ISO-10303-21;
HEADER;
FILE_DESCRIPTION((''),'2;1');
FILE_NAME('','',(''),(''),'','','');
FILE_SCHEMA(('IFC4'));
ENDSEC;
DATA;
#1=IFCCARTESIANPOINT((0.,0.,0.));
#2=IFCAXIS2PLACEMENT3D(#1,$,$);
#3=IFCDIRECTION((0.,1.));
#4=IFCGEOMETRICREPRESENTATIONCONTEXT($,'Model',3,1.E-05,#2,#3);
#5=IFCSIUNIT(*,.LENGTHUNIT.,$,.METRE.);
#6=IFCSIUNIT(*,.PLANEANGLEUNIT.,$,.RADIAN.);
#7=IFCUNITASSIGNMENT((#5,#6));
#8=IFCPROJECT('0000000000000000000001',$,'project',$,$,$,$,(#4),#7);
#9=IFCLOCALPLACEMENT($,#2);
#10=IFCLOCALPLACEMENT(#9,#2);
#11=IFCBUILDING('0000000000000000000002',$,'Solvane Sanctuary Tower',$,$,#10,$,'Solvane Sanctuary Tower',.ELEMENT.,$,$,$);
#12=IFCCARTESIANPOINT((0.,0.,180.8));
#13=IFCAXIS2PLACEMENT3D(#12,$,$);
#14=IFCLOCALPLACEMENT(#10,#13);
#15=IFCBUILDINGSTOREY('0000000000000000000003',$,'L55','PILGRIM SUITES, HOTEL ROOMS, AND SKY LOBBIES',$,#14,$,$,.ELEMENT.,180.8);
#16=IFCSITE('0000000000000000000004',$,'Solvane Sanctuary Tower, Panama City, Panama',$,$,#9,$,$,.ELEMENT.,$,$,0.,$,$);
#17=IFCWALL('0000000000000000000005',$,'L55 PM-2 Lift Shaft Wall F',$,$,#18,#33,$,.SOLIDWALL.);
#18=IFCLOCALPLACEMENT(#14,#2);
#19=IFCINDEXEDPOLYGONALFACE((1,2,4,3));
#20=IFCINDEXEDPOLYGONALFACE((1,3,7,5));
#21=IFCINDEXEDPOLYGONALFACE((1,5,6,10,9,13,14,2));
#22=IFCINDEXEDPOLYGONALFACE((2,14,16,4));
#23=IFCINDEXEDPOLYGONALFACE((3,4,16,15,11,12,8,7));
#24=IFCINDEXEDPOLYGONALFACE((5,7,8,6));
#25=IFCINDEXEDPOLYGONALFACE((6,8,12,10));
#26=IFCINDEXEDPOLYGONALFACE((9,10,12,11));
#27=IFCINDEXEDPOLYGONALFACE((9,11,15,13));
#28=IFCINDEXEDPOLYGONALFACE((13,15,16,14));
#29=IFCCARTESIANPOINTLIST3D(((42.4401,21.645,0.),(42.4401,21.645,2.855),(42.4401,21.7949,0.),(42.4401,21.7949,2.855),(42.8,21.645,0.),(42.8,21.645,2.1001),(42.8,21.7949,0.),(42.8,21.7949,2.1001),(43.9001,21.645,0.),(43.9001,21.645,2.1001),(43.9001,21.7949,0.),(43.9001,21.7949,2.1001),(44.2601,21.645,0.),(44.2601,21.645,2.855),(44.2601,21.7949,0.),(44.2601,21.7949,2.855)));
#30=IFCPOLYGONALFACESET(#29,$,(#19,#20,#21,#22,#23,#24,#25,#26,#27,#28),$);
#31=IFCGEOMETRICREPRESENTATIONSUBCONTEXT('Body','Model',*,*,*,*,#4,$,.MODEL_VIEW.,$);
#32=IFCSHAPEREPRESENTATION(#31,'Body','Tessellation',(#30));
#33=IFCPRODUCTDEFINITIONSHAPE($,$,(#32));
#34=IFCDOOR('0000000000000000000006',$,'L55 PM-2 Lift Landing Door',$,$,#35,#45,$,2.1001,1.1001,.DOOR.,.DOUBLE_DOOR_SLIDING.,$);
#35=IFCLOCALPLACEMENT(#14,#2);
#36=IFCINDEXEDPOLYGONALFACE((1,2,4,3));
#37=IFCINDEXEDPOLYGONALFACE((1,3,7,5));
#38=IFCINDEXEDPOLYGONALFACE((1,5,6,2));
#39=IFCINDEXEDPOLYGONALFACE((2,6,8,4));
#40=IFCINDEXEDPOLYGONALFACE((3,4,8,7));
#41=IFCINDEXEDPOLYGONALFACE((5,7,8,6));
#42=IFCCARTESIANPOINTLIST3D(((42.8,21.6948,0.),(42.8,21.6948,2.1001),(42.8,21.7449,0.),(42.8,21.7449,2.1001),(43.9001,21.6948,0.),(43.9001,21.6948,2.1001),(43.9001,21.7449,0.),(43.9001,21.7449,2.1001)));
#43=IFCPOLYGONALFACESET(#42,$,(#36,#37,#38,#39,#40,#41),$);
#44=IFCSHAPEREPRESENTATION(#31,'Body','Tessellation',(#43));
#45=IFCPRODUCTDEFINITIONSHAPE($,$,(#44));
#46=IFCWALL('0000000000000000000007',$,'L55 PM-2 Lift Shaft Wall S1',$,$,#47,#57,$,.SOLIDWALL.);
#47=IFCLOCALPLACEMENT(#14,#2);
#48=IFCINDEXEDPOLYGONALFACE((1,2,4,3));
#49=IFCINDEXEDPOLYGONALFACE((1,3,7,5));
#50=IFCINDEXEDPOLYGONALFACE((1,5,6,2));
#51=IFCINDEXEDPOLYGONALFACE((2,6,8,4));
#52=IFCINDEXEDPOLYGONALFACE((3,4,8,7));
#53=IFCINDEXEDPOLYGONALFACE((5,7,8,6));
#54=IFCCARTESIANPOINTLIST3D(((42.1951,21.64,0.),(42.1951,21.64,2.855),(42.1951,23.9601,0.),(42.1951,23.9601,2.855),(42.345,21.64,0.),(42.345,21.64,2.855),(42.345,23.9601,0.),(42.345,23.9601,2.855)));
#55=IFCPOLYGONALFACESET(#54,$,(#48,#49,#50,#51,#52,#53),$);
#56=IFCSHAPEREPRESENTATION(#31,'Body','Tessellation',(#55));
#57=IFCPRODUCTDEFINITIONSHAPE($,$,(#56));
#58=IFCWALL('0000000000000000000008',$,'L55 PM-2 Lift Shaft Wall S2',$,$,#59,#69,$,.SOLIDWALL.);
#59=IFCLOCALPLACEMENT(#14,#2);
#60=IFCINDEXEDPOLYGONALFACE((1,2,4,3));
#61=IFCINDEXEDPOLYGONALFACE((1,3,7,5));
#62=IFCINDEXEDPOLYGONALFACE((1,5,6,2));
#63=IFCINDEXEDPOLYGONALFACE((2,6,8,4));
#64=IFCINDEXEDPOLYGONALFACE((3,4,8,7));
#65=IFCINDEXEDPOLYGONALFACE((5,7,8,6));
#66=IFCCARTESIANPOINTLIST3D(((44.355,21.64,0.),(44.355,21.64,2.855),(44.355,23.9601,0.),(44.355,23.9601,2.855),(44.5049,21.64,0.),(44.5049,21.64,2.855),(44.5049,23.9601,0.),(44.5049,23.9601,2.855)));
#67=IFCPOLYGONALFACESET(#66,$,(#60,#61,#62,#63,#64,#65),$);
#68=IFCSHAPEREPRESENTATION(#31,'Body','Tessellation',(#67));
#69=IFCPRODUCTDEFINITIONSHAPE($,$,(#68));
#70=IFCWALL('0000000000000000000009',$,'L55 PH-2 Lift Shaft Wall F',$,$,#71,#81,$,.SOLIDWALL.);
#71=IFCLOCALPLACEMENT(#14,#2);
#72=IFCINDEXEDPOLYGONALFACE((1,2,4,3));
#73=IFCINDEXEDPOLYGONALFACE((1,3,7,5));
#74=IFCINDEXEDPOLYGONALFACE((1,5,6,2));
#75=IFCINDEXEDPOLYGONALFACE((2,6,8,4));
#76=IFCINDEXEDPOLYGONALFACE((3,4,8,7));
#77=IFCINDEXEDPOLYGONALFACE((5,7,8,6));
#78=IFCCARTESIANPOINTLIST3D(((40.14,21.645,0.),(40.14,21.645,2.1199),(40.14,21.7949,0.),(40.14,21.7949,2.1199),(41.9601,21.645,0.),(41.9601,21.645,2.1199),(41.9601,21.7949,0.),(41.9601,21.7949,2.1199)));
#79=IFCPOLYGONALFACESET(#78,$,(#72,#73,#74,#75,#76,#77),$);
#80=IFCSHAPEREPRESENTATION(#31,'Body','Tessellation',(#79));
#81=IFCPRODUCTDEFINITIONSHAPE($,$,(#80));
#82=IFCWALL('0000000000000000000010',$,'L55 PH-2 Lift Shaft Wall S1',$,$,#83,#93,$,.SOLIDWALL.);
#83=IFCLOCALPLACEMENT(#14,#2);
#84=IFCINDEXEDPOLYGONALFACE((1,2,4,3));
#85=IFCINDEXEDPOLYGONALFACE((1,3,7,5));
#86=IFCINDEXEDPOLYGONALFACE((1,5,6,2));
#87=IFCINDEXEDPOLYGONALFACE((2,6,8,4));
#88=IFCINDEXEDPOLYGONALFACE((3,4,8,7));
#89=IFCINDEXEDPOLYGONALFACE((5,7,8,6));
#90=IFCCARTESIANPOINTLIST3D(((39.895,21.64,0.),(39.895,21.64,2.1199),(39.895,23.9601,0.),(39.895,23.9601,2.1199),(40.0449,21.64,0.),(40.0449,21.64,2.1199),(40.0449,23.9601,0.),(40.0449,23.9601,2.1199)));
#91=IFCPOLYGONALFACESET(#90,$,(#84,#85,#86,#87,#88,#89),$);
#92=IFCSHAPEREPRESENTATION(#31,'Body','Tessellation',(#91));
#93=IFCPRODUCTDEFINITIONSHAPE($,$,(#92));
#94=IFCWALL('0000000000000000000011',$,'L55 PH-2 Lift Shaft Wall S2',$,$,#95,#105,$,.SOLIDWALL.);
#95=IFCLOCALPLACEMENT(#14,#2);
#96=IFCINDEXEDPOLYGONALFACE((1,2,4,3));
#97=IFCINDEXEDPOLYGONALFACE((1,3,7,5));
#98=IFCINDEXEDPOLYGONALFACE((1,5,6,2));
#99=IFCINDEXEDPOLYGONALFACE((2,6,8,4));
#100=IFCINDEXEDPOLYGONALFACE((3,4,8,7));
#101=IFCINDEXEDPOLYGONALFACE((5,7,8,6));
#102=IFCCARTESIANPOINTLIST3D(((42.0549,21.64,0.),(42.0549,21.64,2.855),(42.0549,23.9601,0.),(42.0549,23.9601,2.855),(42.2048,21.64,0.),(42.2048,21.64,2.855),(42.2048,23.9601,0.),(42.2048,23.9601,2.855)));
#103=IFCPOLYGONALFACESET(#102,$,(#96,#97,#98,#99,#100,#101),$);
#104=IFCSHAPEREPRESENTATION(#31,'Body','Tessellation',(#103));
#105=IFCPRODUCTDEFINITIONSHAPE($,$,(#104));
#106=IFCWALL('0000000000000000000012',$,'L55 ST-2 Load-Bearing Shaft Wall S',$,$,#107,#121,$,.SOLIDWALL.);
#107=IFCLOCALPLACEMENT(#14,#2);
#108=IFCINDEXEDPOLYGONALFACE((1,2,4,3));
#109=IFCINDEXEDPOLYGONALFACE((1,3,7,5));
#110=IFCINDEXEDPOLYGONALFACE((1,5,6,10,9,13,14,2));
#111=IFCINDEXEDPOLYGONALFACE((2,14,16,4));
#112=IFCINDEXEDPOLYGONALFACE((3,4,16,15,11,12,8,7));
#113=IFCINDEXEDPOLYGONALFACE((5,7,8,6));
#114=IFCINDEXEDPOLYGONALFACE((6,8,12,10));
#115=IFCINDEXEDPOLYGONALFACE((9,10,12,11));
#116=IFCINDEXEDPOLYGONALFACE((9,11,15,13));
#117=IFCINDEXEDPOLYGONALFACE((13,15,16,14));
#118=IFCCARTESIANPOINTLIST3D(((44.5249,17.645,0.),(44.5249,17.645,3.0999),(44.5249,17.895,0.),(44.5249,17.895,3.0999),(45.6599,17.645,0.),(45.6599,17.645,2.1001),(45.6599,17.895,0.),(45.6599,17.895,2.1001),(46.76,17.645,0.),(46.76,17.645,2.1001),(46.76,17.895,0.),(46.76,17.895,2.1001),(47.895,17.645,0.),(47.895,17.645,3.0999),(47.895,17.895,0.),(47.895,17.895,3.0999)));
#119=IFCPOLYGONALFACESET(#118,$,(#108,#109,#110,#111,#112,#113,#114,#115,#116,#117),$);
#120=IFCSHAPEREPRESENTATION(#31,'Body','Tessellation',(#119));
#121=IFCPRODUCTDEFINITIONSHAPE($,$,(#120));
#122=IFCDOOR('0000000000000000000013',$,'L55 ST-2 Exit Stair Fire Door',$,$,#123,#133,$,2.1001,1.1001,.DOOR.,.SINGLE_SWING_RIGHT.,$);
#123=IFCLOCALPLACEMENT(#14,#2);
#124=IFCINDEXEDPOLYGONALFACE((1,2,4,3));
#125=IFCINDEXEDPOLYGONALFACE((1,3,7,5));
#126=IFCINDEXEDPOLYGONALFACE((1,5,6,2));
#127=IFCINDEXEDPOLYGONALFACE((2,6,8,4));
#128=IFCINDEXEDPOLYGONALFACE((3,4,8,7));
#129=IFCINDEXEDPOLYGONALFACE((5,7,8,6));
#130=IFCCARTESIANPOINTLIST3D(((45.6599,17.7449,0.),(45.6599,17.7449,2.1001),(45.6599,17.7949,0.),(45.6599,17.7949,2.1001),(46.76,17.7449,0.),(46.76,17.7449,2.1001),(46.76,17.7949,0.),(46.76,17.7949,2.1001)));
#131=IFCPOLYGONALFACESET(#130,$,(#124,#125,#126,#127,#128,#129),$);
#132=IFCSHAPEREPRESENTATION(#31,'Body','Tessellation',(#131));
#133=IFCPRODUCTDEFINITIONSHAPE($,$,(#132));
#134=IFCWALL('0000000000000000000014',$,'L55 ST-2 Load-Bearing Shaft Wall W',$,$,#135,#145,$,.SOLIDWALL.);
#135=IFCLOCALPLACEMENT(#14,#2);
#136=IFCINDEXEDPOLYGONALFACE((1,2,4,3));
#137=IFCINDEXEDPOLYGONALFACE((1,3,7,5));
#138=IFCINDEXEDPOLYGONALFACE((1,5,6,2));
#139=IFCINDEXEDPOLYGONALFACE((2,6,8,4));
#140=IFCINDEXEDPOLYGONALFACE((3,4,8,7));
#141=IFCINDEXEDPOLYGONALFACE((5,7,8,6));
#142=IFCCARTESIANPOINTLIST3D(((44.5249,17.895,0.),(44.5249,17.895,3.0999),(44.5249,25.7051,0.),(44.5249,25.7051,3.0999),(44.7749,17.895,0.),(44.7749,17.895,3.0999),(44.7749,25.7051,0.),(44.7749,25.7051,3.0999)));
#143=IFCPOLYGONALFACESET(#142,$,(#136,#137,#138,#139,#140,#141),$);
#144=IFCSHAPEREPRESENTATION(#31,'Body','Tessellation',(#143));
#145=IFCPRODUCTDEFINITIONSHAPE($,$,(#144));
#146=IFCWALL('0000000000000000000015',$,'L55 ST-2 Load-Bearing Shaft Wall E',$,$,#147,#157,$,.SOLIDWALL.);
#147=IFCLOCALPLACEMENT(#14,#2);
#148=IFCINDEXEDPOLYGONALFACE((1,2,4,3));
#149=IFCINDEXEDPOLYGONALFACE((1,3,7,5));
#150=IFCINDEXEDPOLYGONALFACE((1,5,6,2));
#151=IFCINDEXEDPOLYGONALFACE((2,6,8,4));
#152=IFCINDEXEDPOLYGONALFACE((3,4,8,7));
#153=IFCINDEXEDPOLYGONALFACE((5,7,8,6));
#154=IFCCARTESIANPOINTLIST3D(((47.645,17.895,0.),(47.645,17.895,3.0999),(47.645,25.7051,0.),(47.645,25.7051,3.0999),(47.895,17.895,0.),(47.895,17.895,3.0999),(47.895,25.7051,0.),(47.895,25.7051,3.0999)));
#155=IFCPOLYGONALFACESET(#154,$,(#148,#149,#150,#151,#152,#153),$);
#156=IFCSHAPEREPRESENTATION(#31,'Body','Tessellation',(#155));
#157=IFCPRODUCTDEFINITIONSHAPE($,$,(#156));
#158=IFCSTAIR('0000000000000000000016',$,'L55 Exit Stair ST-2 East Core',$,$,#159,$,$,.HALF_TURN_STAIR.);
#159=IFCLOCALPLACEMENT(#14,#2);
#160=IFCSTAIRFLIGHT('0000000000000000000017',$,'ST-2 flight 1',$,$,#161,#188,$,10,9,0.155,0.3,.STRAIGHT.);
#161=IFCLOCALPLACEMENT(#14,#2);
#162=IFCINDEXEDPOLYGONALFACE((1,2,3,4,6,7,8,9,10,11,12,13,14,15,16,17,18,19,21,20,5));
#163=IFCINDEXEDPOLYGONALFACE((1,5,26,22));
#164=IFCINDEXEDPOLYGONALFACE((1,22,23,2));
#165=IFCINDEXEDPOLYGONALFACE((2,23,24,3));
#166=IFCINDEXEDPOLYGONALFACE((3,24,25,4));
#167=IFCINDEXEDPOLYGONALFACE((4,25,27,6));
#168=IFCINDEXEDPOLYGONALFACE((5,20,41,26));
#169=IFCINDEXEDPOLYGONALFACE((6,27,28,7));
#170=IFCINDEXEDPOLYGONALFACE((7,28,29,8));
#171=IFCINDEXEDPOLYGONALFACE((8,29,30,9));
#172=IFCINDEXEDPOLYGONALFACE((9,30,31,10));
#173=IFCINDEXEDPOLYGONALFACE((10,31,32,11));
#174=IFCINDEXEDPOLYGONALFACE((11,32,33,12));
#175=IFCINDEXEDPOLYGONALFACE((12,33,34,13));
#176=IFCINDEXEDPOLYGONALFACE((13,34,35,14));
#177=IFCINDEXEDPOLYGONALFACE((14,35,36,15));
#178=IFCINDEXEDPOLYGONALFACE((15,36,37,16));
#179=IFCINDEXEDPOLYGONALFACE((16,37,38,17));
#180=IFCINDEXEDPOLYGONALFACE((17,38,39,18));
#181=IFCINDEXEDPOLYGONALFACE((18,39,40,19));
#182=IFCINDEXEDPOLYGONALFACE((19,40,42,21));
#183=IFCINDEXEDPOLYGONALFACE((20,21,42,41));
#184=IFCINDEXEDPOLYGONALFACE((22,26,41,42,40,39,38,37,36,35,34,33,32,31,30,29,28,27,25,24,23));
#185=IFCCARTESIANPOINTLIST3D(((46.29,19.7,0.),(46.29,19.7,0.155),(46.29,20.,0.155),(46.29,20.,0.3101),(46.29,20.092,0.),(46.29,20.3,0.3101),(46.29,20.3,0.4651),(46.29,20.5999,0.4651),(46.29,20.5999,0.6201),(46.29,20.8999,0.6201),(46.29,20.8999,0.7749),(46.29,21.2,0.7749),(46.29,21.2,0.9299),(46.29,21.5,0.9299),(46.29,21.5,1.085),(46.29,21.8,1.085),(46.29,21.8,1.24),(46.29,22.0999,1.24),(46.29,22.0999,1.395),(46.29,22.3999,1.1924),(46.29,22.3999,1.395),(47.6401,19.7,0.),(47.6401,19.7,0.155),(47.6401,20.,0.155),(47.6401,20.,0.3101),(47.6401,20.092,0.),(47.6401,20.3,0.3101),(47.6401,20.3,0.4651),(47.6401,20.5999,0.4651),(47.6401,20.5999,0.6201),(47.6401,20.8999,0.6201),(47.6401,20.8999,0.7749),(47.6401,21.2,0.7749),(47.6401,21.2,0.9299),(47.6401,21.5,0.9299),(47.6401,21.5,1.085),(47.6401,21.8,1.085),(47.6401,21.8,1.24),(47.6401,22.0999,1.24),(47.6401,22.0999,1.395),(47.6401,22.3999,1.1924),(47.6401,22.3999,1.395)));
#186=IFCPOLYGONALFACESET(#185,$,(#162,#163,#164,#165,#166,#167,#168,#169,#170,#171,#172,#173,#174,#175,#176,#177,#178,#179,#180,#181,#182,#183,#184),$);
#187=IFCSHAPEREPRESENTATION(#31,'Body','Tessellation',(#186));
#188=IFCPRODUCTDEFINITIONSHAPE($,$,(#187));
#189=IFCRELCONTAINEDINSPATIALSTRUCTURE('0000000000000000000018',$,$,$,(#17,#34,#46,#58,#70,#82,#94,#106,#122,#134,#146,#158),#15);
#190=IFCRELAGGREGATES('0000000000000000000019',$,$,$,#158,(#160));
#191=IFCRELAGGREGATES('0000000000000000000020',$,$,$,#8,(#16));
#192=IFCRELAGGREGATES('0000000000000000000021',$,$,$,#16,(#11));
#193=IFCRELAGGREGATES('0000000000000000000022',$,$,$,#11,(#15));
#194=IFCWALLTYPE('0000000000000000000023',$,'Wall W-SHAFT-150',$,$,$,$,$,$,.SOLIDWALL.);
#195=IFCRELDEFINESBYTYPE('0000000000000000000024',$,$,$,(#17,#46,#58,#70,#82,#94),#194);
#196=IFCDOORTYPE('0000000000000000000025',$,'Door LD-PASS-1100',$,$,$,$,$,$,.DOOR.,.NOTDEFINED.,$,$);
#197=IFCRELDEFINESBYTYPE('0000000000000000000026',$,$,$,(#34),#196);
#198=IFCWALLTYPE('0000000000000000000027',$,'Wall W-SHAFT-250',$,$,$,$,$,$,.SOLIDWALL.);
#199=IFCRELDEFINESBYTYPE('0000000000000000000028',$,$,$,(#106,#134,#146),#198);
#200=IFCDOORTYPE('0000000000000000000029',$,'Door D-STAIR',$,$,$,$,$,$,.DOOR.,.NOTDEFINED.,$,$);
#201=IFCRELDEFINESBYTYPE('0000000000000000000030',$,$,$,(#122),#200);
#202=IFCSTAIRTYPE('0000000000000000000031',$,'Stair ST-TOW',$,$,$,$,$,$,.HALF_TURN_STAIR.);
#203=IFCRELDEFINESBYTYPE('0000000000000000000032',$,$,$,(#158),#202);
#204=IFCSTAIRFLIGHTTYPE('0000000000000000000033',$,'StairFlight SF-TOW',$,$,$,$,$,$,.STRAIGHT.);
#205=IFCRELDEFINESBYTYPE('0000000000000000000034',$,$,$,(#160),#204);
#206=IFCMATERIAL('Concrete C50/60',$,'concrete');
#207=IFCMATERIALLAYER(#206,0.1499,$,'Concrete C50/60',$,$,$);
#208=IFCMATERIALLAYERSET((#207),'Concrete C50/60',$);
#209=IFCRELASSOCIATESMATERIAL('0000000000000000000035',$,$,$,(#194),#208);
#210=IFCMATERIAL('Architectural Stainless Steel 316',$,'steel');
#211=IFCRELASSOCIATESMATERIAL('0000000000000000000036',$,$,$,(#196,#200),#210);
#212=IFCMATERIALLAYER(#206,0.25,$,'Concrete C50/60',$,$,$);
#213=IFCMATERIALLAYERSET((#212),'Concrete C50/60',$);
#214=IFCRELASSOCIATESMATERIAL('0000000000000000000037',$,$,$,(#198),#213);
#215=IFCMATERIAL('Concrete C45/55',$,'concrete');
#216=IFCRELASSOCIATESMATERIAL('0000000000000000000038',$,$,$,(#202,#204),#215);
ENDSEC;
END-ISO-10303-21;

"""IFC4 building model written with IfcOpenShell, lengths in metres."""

from ifc_helpers import new_model, si_unit, direction, frame, frame_2d, origin, place, context, subcontext, project, spatial, polyline, rectangle, outline, extrude, material, layer, layer_set, type_object, element, fill, aggregate, save


model = new_model("IFC4")

# Units and contexts
model_context = context("Model", 3, precision=1e-05, world=origin(), true_north=direction((0.0, 1.0)))
body_context = subcontext(model_context, "Body", "Model", "MODEL_VIEW")
ifc_project = project(units=[si_unit("LENGTHUNIT", "METRE"), si_unit("PLANEANGLEUNIT", "RADIAN")], contexts=[model_context])

# Site, building, storey
site_placement = place(None, origin())
site = spatial("IfcSite", under=ifc_project, at=site_placement, Name="Solvane Sanctuary Tower, Panama City, Panama", CompositionType="ELEMENT", RefElevation=0.0)
building_placement = place(site_placement, origin())
building = spatial("IfcBuilding", under=site, at=building_placement, Name="Solvane Sanctuary Tower", LongName="Solvane Sanctuary Tower", CompositionType="ELEMENT")
storey_placement = place(building_placement, frame((0.0, 0.0, 180.8)))
storey = spatial("IfcBuildingStorey", under=building, at=storey_placement, Name="L55", Description="PILGRIM SUITES, HOTEL ROOMS, AND SKY LOBBIES", CompositionType="ELEMENT", Elevation=180.8)

# Wall, opening, door
ifc_material_1 = material(Name="Architectural Stainless Steel 316", Category="steel")
ifc_material_2 = material(Name="Concrete C50/60", Category="concrete")
ifc_layer_1 = layer(ifc_material_2, 0.1499, Name="Concrete C50/60")
ifc_layer_set_1 = layer_set([ifc_layer_1], Name="Concrete C50/60")
wall_type_1 = type_object("IfcWallType", Name="Wall W-SHAFT-150", PredefinedType="SOLIDWALL", material=ifc_layer_set_1)
wall_1_placement = place(storey_placement, frame((42.4399, 21.72, 0.0), z_axis=(0.0, 0.0, 1.0), x_axis=(1.0, 0.0, 0.0)))
wall_1 = element("IfcWall", 1, at=wall_1_placement, inside=storey, type_object=wall_type_1, Name="L55 PM-2 Lift Shaft Wall F", PredefinedType="SOLIDWALL", context=body_context, shape_type="SweptSolid", body=[
    extrude(rectangle(XDim=1.8201, YDim=0.1499, at=frame_2d((0.9102, 0.0))), origin(), (0.0, 0.0, 1.0), 2.855),
])
opening_1_placement = place(wall_1_placement, frame((0.3601, 0.0, 0.0)))
opening_1 = element("IfcOpeningElement", 2, at=opening_1_placement, cuts=wall_1, PredefinedType="OPENING", context=body_context, shape_type="SweptSolid", body=[
    extrude(rectangle(XDim=1.1001, YDim=2.1001, at=frame_2d((0.55, 1.05))), frame((0.0, 0.085, 0.0), z_axis=(0.0, -1.0, 0.0), x_axis=(1.0, 0.0, 0.0)), (0.0, 0.0, 1.0), 0.1699),
])
door_type_1 = type_object("IfcDoorType", Name="Door LD-PASS-1100", OperationType="NOTDEFINED", PredefinedType="DOOR", material=ifc_material_1)
door_1_placement = place(opening_1_placement, origin())
door_1 = element("IfcDoor", 3, at=door_1_placement, inside=storey, type_object=door_type_1, Name="L55 PM-2 Lift Landing Door", OperationType="DOUBLE_DOOR_SLIDING", OverallHeight=2.1001, OverallWidth=1.1001, PredefinedType="DOOR", context=body_context, shape_type="SweptSolid", body=[
    extrude(rectangle(XDim=1.1001, YDim=2.1001, at=frame_2d((0.55, 1.05))), frame((0.0, 0.0249, 0.0), z_axis=(0.0, -1.0, 0.0), x_axis=(1.0, 0.0, 0.0)), (0.0, 0.0, 1.0), 0.05),
])
fill(opening_1, door_1)

# Walls
for number, where, z_axis, x_axis, name in (
    (4, (42.27, 21.6399, 0.0), (0.0, 0.0, 1.0), (0.0, 1.0, 0.0), "L55 PM-2 Lift Shaft Wall S1"),
    (5, (44.4299, 21.6399, 0.0), (0.0, 0.0, 1.0), (0.0, 1.0, 0.0), "L55 PM-2 Lift Shaft Wall S2"),
):
    element("IfcWall", number, at=place(storey_placement, frame(where, z_axis=z_axis, x_axis=x_axis)), inside=storey, type_object=wall_type_1, Name=name, PredefinedType="SOLIDWALL", context=body_context, shape_type="SweptSolid", body=[
        extrude(rectangle(XDim=2.3201, YDim=0.1499, at=frame_2d((1.1602, 0.0))), origin(), (0.0, 0.0, 1.0), 2.855),
    ])
wall_2_placement = place(storey_placement, frame((40.1399, 21.72, 0.0), z_axis=(0.0, 0.0, 1.0), x_axis=(1.0, 0.0, 0.0)))
element("IfcWall", 6, at=wall_2_placement, inside=storey, type_object=wall_type_1, Name="L55 PH-2 Lift Shaft Wall F", PredefinedType="SOLIDWALL", context=body_context, shape_type="SweptSolid", body=[
    extrude(rectangle(XDim=1.8201, YDim=0.1499, at=frame_2d((0.9102, 0.0))), origin(), (0.0, 0.0, 1.0), 2.1199),
])
wall_3_placement = place(storey_placement, frame((39.97, 21.6399, 0.0), z_axis=(0.0, 0.0, 1.0), x_axis=(0.0, 1.0, 0.0)))
element("IfcWall", 7, at=wall_3_placement, inside=storey, type_object=wall_type_1, Name="L55 PH-2 Lift Shaft Wall S1", PredefinedType="SOLIDWALL", context=body_context, shape_type="SweptSolid", body=[
    extrude(rectangle(XDim=2.3201, YDim=0.1499, at=frame_2d((1.1602, 0.0))), origin(), (0.0, 0.0, 1.0), 2.1199),
])
wall_4_placement = place(storey_placement, frame((42.1299, 21.6399, 0.0), z_axis=(0.0, 0.0, 1.0), x_axis=(0.0, 1.0, 0.0)))
element("IfcWall", 8, at=wall_4_placement, inside=storey, type_object=wall_type_1, Name="L55 PH-2 Lift Shaft Wall S2", PredefinedType="SOLIDWALL", context=body_context, shape_type="SweptSolid", body=[
    extrude(rectangle(XDim=2.3201, YDim=0.1499, at=frame_2d((1.1602, 0.0))), origin(), (0.0, 0.0, 1.0), 2.855),
])

# Wall, opening, door
ifc_layer_2 = layer(ifc_material_2, 0.25, Name="Concrete C50/60")
ifc_layer_set_2 = layer_set([ifc_layer_2], Name="Concrete C50/60")
wall_type_2 = type_object("IfcWallType", Name="Wall W-SHAFT-250", PredefinedType="SOLIDWALL", material=ifc_layer_set_2)
wall_5_placement = place(storey_placement, frame((44.5249, 17.77, 0.0), z_axis=(0.0, 0.0, 1.0), x_axis=(1.0, 0.0, 0.0)))
wall_5 = element("IfcWall", 9, at=wall_5_placement, inside=storey, type_object=wall_type_2, Name="L55 ST-2 Load-Bearing Shaft Wall S", PredefinedType="SOLIDWALL", context=body_context, shape_type="SweptSolid", body=[
    extrude(rectangle(XDim=3.3701, YDim=0.25, at=frame_2d((1.6851, 0.0))), origin(), (0.0, 0.0, 1.0), 3.0999),
])
opening_2_placement = place(wall_5_placement, frame((1.135, 0.0, 0.0)))
opening_2 = element("IfcOpeningElement", 10, at=opening_2_placement, cuts=wall_5, PredefinedType="OPENING", context=body_context, shape_type="SweptSolid", body=[
    extrude(rectangle(XDim=1.1001, YDim=2.1001, at=frame_2d((0.55, 1.05))), frame((0.0, 0.135, 0.0), z_axis=(0.0, -1.0, 0.0), x_axis=(1.0, 0.0, 0.0)), (0.0, 0.0, 1.0), 0.27),
])
door_type_2 = type_object("IfcDoorType", Name="Door D-STAIR", OperationType="NOTDEFINED", PredefinedType="DOOR", material=ifc_material_1)
door_2_placement = place(opening_2_placement, origin())
door_2 = element("IfcDoor", 11, at=door_2_placement, inside=storey, type_object=door_type_2, Name="L55 ST-2 Exit Stair Fire Door", OperationType="SINGLE_SWING_RIGHT", OverallHeight=2.1001, OverallWidth=1.1001, PredefinedType="DOOR", context=body_context, shape_type="SweptSolid", body=[
    extrude(rectangle(XDim=1.1001, YDim=2.1001, at=frame_2d((0.55, 1.05))), frame((0.0, 0.0249, 0.0), z_axis=(0.0, -1.0, 0.0), x_axis=(1.0, 0.0, 0.0)), (0.0, 0.0, 1.0), 0.05),
])
fill(opening_2, door_2)

# Walls
for number, where, z_axis, x_axis, name in (
    (12, (44.6499, 17.895, 0.0), (0.0, 0.0, 1.0), (0.0, 1.0, 0.0), "L55 ST-2 Load-Bearing Shaft Wall W"),
    (13, (47.77, 17.895, 0.0), (0.0, 0.0, 1.0), (0.0, 1.0, 0.0), "L55 ST-2 Load-Bearing Shaft Wall E"),
):
    element("IfcWall", number, at=place(storey_placement, frame(where, z_axis=z_axis, x_axis=x_axis)), inside=storey, type_object=wall_type_2, Name=name, PredefinedType="SOLIDWALL", context=body_context, shape_type="SweptSolid", body=[
        extrude(rectangle(XDim=7.8101, YDim=0.25, at=frame_2d((3.905, 0.0))), origin(), (0.0, 0.0, 1.0), 3.0999),
    ])

# Stair, stair flight
ifc_material_3 = material(Name="Concrete C45/55", Category="concrete")
stair_type = type_object("IfcStairType", Name="Stair ST-TOW", PredefinedType="HALF_TURN_STAIR", material=ifc_material_3)
stair_placement = place(storey_placement, origin())
stair = element("IfcStair", 14, at=stair_placement, inside=storey, type_object=stair_type, Name="L55 Exit Stair ST-2 East Core", PredefinedType="HALF_TURN_STAIR")
stair_flight_type = type_object("IfcStairFlightType", Name="StairFlight SF-TOW", PredefinedType="STRAIGHT", material=ifc_material_3)
stair_flight_placement = place(storey_placement, frame((46.9651, 19.7, 0.0), z_axis=(0.0, 0.0, 1.0), x_axis=(0.0, 1.0, 0.0)))
stair_flight = element("IfcStairFlight", 15, at=stair_flight_placement, type_object=stair_flight_type, Name="ST-2 flight 1", NumberOfRisers=10, NumberOfTreads=9, PredefinedType="STRAIGHT", RiserHeight=0.155, TreadLength=0.3, context=body_context, shape_type="SweptSolid", body=[
    extrude(outline(polyline([(0.0, 0.0), (0.0, 0.155), (0.3, 0.155), (0.3, 0.3101), (0.6001, 0.3101), (0.6001, 0.4651), (0.8999, 0.4651), (0.8999, 0.6201), (1.2, 0.6201), (1.2, 0.7749), (1.5, 0.7749), (1.5, 0.9299), (1.8, 0.9299), (1.8, 1.085), (2.1001, 1.085), (2.1001, 1.24), (2.3999, 1.24), (2.3999, 1.395), (2.7, 1.395), (2.7, 1.55), (2.7, 1.1924), (0.3921, 0.0), (0.0, 0.0)])), frame((0.0, 0.675, 0.0), z_axis=(0.0, -1.0, 0.0), x_axis=(1.0, 0.0, 0.0)), (0.0, 0.0, 1.0), 1.3501),
])
aggregate(stair, [stair_flight])

save(model, "model.ifc")
